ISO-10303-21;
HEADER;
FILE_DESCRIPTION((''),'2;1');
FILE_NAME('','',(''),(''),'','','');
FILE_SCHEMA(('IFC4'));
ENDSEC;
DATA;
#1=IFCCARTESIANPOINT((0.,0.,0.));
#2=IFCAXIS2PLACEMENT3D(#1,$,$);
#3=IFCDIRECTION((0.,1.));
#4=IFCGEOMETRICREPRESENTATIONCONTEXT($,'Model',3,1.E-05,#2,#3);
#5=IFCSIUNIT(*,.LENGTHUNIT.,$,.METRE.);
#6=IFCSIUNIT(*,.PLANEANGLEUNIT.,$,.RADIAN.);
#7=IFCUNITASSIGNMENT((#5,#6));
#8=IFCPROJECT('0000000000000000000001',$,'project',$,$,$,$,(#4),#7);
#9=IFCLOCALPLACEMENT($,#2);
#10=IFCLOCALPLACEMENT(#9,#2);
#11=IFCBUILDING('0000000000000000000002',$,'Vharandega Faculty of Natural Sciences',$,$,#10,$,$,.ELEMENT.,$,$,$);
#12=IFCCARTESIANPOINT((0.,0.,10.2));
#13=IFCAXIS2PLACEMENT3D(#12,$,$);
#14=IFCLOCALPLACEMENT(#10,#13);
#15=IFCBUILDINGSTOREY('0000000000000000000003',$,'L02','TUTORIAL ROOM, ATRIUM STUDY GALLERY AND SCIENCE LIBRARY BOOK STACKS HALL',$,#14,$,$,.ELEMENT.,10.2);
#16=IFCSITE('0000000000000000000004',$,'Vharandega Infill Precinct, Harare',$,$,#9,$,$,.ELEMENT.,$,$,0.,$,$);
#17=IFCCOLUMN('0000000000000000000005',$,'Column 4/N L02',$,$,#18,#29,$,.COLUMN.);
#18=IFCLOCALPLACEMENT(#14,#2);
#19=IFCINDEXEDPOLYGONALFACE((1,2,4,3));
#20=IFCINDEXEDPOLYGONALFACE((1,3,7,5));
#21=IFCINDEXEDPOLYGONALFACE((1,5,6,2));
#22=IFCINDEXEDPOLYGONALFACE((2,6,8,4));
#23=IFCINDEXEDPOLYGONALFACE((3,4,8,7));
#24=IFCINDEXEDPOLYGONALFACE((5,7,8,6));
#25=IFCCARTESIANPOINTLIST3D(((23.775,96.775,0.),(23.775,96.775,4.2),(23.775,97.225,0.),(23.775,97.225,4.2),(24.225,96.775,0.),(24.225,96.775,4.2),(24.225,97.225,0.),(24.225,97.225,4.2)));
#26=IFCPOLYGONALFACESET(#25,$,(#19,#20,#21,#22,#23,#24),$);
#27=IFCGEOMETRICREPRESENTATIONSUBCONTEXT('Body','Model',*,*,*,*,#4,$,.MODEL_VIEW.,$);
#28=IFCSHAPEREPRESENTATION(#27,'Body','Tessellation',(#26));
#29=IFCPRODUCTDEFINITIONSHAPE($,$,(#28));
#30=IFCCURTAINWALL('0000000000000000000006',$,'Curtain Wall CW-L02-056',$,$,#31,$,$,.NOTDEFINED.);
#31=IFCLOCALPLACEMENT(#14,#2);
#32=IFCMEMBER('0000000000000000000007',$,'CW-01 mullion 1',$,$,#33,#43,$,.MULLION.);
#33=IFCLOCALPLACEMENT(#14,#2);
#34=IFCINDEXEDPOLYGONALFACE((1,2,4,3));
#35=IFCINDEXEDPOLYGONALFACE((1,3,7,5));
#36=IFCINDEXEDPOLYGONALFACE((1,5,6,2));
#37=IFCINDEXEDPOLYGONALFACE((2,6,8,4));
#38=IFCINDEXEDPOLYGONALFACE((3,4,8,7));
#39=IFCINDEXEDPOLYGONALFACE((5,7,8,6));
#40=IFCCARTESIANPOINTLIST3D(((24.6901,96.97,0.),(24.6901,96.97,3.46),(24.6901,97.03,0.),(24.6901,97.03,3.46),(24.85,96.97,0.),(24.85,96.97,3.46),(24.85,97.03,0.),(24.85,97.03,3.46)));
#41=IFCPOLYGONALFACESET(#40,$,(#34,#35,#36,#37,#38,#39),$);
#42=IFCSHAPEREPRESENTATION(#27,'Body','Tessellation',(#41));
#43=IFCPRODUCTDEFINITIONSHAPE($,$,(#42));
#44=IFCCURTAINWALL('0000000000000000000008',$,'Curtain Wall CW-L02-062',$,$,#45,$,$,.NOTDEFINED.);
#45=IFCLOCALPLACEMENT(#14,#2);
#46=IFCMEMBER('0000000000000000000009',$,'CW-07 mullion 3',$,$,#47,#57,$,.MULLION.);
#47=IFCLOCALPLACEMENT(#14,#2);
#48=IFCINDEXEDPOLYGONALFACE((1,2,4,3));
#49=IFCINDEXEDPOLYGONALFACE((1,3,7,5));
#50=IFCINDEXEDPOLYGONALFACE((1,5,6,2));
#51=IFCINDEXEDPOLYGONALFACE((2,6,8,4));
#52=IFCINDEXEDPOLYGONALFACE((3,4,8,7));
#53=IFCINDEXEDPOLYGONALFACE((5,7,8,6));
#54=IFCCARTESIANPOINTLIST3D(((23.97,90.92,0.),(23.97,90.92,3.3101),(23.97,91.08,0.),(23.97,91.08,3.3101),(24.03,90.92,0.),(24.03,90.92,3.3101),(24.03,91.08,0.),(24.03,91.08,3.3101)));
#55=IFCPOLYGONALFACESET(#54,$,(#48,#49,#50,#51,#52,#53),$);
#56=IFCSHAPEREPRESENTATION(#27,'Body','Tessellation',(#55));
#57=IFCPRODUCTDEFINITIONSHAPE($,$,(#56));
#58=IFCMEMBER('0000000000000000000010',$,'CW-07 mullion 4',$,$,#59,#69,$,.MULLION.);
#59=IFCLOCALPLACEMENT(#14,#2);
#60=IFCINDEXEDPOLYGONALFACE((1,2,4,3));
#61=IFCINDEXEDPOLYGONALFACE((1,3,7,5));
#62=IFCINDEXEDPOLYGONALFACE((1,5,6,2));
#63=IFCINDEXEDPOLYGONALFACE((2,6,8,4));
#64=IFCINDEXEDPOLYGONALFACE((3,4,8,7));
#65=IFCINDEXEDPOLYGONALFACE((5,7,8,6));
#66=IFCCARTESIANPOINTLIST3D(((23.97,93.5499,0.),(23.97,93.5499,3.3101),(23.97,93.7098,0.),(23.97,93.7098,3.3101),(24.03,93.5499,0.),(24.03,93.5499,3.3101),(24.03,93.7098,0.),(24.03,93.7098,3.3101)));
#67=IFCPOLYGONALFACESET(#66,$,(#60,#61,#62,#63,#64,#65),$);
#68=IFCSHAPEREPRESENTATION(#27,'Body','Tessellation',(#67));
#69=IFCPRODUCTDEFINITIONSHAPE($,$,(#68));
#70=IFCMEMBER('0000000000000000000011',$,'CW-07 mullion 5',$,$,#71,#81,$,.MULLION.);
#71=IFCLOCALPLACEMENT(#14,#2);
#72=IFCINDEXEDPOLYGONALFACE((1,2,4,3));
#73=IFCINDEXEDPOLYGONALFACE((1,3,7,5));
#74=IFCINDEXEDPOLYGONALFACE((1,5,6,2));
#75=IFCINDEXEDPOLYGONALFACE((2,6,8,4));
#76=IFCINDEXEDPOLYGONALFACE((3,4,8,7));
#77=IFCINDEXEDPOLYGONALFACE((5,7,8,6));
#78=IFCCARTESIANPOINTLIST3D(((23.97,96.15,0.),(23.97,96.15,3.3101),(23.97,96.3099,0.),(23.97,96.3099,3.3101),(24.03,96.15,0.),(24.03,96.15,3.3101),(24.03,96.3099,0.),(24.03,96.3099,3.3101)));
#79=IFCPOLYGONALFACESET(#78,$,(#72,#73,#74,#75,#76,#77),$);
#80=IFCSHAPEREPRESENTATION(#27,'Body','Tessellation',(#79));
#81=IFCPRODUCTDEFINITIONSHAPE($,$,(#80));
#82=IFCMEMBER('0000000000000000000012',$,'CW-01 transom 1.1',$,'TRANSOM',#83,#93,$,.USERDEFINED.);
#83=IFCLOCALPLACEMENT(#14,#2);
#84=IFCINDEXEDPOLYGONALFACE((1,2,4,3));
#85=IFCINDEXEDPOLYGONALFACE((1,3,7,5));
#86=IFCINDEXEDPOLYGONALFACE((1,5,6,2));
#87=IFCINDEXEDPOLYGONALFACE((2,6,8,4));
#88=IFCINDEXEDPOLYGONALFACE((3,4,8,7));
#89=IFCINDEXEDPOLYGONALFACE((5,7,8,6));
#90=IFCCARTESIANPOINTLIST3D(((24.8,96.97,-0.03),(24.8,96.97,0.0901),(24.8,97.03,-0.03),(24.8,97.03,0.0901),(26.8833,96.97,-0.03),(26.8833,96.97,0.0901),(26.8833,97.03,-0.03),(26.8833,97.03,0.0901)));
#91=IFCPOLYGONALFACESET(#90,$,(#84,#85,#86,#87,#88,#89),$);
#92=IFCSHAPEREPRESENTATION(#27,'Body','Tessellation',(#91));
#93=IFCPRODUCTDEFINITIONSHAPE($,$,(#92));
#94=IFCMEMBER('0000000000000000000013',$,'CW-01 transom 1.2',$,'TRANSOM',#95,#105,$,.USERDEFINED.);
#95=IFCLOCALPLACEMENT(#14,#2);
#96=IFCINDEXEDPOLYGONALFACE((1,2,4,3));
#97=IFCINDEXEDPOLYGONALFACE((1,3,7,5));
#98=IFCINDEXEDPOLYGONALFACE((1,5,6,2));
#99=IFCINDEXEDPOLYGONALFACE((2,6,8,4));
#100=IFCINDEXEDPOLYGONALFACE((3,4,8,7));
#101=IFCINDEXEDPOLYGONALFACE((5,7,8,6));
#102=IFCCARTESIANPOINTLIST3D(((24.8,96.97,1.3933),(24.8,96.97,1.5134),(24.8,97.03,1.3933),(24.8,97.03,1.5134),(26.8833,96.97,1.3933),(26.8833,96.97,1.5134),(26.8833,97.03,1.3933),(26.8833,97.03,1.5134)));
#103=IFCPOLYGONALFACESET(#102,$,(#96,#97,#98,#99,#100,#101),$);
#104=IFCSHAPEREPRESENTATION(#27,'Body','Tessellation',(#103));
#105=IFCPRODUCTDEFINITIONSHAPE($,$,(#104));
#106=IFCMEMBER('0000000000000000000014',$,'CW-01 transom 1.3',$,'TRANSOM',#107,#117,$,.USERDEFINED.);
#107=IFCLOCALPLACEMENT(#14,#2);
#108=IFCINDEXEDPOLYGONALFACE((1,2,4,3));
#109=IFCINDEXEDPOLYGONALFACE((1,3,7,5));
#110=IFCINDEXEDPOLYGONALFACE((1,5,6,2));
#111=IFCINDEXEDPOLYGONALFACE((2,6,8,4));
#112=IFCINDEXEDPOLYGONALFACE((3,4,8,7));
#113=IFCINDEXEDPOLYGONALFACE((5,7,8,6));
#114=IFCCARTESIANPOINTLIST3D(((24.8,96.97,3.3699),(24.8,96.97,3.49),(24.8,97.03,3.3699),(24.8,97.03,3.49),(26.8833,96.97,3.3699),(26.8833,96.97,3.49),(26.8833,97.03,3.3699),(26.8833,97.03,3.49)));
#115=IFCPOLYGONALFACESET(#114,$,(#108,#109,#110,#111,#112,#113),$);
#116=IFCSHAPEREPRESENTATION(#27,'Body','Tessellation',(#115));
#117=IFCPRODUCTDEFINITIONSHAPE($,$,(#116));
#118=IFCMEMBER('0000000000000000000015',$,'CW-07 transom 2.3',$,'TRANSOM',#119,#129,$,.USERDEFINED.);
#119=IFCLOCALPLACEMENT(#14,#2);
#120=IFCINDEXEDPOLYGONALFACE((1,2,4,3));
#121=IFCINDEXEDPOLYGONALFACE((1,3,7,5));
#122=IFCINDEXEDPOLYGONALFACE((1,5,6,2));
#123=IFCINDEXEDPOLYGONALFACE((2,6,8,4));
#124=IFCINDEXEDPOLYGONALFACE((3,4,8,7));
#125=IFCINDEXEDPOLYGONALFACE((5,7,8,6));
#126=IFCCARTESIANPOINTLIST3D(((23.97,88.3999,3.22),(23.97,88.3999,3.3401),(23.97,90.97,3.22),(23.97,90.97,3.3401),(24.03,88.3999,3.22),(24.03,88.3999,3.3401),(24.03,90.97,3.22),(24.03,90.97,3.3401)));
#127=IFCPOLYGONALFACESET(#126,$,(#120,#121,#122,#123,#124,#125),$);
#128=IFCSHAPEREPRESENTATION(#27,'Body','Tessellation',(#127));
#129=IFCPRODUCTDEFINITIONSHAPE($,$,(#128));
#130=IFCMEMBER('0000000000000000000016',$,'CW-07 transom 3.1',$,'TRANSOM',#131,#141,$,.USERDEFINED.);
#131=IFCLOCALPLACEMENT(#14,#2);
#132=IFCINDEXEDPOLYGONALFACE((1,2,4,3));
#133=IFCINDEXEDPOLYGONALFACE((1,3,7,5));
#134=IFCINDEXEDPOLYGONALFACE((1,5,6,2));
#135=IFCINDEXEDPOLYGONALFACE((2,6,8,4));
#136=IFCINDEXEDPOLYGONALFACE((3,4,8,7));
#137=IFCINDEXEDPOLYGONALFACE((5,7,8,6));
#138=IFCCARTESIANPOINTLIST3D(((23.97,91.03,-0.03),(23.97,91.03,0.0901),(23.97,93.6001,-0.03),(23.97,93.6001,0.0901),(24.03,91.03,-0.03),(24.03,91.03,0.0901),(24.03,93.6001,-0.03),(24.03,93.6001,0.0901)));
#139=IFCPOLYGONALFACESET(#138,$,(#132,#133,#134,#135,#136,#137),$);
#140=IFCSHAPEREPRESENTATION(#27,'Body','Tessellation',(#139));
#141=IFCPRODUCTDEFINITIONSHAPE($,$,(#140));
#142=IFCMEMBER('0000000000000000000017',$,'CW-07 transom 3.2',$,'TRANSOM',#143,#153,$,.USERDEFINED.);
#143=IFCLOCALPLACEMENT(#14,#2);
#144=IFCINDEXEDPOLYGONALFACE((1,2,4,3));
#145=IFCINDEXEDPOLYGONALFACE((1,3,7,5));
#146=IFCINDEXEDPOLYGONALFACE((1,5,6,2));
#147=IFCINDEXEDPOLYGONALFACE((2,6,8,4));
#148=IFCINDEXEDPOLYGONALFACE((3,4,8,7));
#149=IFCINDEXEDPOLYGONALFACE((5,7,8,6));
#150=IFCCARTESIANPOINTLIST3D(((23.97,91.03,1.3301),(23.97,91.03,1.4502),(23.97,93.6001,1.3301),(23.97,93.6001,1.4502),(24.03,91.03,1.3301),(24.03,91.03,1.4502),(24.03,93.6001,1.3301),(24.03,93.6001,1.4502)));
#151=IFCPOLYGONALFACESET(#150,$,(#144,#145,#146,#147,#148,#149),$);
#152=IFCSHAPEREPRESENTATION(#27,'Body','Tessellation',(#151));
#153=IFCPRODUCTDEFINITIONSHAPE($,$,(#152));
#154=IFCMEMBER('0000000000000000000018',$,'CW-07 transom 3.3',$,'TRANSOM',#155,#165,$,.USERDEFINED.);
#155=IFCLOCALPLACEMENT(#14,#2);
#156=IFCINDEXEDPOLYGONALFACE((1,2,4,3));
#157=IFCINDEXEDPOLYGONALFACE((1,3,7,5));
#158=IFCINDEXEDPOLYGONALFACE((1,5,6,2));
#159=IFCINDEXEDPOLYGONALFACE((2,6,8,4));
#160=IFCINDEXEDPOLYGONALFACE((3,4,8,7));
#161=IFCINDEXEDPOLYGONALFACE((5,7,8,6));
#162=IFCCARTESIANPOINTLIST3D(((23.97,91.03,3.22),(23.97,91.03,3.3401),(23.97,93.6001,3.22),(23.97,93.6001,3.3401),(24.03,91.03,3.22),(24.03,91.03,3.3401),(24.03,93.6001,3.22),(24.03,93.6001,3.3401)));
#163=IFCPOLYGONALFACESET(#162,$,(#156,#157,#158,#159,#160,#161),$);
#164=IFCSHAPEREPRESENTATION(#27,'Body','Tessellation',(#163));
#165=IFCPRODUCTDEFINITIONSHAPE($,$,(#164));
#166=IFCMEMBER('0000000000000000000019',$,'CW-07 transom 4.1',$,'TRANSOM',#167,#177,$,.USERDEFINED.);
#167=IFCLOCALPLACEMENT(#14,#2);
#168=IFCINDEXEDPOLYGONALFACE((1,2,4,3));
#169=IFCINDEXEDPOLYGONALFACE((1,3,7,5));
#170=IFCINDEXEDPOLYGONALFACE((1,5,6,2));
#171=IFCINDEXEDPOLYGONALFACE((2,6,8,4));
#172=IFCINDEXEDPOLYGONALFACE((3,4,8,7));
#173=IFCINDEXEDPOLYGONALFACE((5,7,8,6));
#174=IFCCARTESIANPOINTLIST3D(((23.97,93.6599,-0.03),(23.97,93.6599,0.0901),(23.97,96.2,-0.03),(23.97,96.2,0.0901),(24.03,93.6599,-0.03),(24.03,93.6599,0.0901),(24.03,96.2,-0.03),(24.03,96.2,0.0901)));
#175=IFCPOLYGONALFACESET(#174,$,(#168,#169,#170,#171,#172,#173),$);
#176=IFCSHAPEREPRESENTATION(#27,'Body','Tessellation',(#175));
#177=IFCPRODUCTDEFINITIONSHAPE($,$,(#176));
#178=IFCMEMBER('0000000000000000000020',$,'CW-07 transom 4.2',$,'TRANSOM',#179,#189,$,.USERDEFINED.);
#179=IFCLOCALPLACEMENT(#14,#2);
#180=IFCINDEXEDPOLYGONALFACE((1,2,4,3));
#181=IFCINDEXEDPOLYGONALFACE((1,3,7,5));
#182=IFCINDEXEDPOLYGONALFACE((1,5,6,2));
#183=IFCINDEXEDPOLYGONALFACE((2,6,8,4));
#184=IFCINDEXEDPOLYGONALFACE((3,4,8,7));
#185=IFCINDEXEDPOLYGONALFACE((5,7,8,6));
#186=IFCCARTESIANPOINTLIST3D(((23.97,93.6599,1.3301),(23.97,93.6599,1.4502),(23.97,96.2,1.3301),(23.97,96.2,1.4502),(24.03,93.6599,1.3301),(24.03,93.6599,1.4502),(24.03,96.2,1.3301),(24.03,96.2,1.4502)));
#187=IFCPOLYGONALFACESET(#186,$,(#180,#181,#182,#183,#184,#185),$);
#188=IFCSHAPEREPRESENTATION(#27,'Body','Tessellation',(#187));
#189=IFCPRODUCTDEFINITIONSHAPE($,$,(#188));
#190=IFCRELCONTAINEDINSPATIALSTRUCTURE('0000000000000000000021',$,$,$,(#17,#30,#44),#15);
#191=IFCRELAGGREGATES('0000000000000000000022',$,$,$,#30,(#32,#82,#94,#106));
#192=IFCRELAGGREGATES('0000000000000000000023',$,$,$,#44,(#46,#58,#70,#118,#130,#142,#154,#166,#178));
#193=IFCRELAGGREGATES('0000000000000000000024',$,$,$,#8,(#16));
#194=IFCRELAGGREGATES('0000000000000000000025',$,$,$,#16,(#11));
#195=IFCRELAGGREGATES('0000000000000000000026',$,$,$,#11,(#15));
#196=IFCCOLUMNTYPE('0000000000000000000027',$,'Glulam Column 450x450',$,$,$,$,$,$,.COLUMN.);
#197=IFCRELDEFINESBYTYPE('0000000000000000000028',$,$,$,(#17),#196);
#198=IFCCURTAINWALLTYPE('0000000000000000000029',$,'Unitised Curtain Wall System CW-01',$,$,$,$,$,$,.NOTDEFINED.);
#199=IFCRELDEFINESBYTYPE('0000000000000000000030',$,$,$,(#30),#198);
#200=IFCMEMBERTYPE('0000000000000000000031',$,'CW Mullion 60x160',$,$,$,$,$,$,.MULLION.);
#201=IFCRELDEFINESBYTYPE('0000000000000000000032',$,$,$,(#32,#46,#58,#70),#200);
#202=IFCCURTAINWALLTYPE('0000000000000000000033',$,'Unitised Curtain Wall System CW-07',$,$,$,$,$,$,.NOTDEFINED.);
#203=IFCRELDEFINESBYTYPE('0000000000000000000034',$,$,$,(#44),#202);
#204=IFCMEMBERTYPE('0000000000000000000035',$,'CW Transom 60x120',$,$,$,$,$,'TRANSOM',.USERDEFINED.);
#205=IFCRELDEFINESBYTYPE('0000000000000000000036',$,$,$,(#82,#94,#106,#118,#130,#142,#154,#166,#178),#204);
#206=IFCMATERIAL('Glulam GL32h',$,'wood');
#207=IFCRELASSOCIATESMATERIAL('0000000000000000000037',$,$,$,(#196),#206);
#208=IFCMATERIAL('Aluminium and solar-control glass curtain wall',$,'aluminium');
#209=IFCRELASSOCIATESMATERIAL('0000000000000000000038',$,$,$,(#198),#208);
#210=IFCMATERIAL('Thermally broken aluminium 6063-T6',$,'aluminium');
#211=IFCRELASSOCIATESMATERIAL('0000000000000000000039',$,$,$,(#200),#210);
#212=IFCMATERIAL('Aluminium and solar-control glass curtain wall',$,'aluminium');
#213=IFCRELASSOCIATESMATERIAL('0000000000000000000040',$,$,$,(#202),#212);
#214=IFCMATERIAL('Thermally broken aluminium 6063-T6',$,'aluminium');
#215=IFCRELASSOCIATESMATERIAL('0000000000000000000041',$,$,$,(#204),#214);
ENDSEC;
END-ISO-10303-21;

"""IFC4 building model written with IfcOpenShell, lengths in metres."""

from ifc_helpers import new_model, si_unit, direction, frame, origin, origin_2d, place, context, subcontext, project, spatial, rectangle, extrude, material, material_profile, profile_set, type_object, element, aggregate, save


model = new_model("IFC4")

# Units and contexts
model_context = context("Model", 3, precision=1e-05, world=origin(), true_north=direction((0.0, 1.0)))
body_context = subcontext(model_context, "Body", "Model", "MODEL_VIEW")
ifc_project = project(units=[si_unit("LENGTHUNIT", "METRE"), si_unit("PLANEANGLEUNIT", "RADIAN")], contexts=[model_context])

# Site, building, storey
site_placement = place(None, origin())
site = spatial("IfcSite", under=ifc_project, at=site_placement, Name="Vharandega Infill Precinct, Harare", CompositionType="ELEMENT", RefElevation=0.0)
building_placement = place(site_placement, origin())
building = spatial("IfcBuilding", under=site, at=building_placement, Name="Vharandega Faculty of Natural Sciences", CompositionType="ELEMENT")
storey_placement = place(building_placement, frame((0.0, 0.0, 10.2)))
storey = spatial("IfcBuildingStorey", under=building, at=storey_placement, Name="L02", Description="TUTORIAL ROOM, ATRIUM STUDY GALLERY AND SCIENCE LIBRARY BOOK STACKS HALL", CompositionType="ELEMENT", Elevation=10.2)

# Column
ifc_material_1 = material(Name="Glulam GL32h", Category="wood")
ifc_material_profile_1 = material_profile(ifc_material_1, rectangle(XDim=0.45, YDim=0.45, at=origin_2d()), Name="GL32h 450x450")
ifc_profile_set_1 = profile_set([ifc_material_profile_1], Name="Glulam GL32h")
column_type = type_object("IfcColumnType", Name="Glulam Column 450x450", PredefinedType="COLUMN", material=ifc_profile_set_1)
column_placement = place(storey_placement, frame((24.0, 97.0, 0.0), z_axis=(0.0, 0.0, 1.0), x_axis=(1.0, 0.0, 0.0)))
element("IfcColumn", 1, at=column_placement, inside=storey, type_object=column_type, Name="Column 4/N L02", PredefinedType="COLUMN", context=body_context, shape_type="SweptSolid", body=[
    extrude(rectangle(XDim=0.45, YDim=0.45, at=origin_2d()), origin(), (0.0, 0.0, 1.0), 4.2),
])

# Curtain wall, member
ifc_material_2 = material(Name="Aluminium and solar-control glass curtain wall", Category="aluminium")
curtain_wall_type_1 = type_object("IfcCurtainWallType", Name="Unitised Curtain Wall System CW-01", PredefinedType="NOTDEFINED", material=ifc_material_2)
curtain_wall_1_placement = place(storey_placement, origin())
curtain_wall_1 = element("IfcCurtainWall", 2, at=curtain_wall_1_placement, inside=storey, type_object=curtain_wall_type_1, Name="Curtain Wall CW-L02-056", PredefinedType="NOTDEFINED")
ifc_material_3 = material(Name="Thermally broken aluminium 6063-T6", Category="aluminium")
ifc_material_profile_2 = material_profile(ifc_material_3, rectangle(XDim=0.0601, YDim=0.1599, at=origin_2d()), Name="ALU 60x160")
ifc_profile_set_2 = profile_set([ifc_material_profile_2], Name="Thermally broken aluminium 6063-T6")
member_type_1 = type_object("IfcMemberType", Name="CW Mullion 60x160", PredefinedType="MULLION", material=ifc_profile_set_2)
member_1_placement = place(storey_placement, frame((24.77, 97.0, 0.0), z_axis=(0.0, 0.0, 1.0), x_axis=(0.0, 1.0, 0.0)))
member_1 = element("IfcMember", 3, at=member_1_placement, type_object=member_type_1, Name="CW-01 mullion 1", PredefinedType="MULLION", context=body_context, shape_type="SweptSolid", body=[
    extrude(rectangle(XDim=0.0601, YDim=0.1599, at=origin_2d()), origin(), (0.0, 0.0, 1.0), 3.46),
])

# Curtain wall, members
ifc_material_4 = material(Name="Aluminium and solar-control glass curtain wall", Category="aluminium")
curtain_wall_type_2 = type_object("IfcCurtainWallType", Name="Unitised Curtain Wall System CW-07", PredefinedType="NOTDEFINED", material=ifc_material_4)
curtain_wall_2_placement = place(storey_placement, origin())
curtain_wall_2 = element("IfcCurtainWall", 4, at=curtain_wall_2_placement, inside=storey, type_object=curtain_wall_type_2, Name="Curtain Wall CW-L02-062", PredefinedType="NOTDEFINED")
member_2_placement = place(storey_placement, frame((24.0, 91.0, 0.0), z_axis=(0.0, 0.0, 1.0), x_axis=(-1.0, 0.0, 0.0)))
member_2 = element("IfcMember", 5, at=member_2_placement, type_object=member_type_1, Name="CW-07 mullion 3", PredefinedType="MULLION", context=body_context, shape_type="SweptSolid", body=[
    extrude(rectangle(XDim=0.0601, YDim=0.1599, at=origin_2d()), origin(), (0.0, 0.0, 1.0), 3.3101),
])
member_3_placement = place(storey_placement, frame((24.0, 93.6299, 0.0), z_axis=(0.0, 0.0, 1.0), x_axis=(-1.0, 0.0, 0.0)))
member_3 = element("IfcMember", 6, at=member_3_placement, type_object=member_type_1, Name="CW-07 mullion 4", PredefinedType="MULLION", context=body_context, shape_type="SweptSolid", body=[
    extrude(rectangle(XDim=0.0601, YDim=0.1599, at=origin_2d()), origin(), (0.0, 0.0, 1.0), 3.3101),
])
member_4_placement = place(storey_placement, frame((24.0, 96.23, 0.0), z_axis=(0.0, 0.0, 1.0), x_axis=(-1.0, 0.0, 0.0)))
member_4 = element("IfcMember", 7, at=member_4_placement, type_object=member_type_1, Name="CW-07 mullion 5", PredefinedType="MULLION", context=body_context, shape_type="SweptSolid", body=[
    extrude(rectangle(XDim=0.0601, YDim=0.1599, at=origin_2d()), origin(), (0.0, 0.0, 1.0), 3.3101),
])

# Members
ifc_material_5 = material(Name="Thermally broken aluminium 6063-T6", Category="aluminium")
ifc_material_profile_3 = material_profile(ifc_material_5, rectangle(XDim=0.0601, YDim=0.1201, at=origin_2d()), Name="ALU 60x120")
ifc_profile_set_3 = profile_set([ifc_material_profile_3], Name="Thermally broken aluminium 6063-T6")
member_type_2 = type_object("IfcMemberType", Name="CW Transom 60x120", ElementType="TRANSOM", PredefinedType="USERDEFINED", material=ifc_profile_set_3)
member_5_placement = place(storey_placement, frame((24.8, 97.0, 0.03), z_axis=(1.0, 0.0, 0.0), x_axis=(0.0, 1.0, 0.0)))
member_5 = element("IfcMember", 8, at=member_5_placement, type_object=member_type_2, Name="CW-01 transom 1.1", ObjectType="TRANSOM", PredefinedType="USERDEFINED", context=body_context, shape_type="SweptSolid", body=[
    extrude(rectangle(XDim=0.0601, YDim=0.1201, at=origin_2d()), origin(), (0.0, 0.0, 1.0), 2.0833),
])
member_6_placement = place(storey_placement, frame((24.8, 97.0, 1.4534), z_axis=(1.0, 0.0, 0.0), x_axis=(0.0, 1.0, 0.0)))
member_6 = element("IfcMember", 9, at=member_6_placement, type_object=member_type_2, Name="CW-01 transom 1.2", ObjectType="TRANSOM", PredefinedType="USERDEFINED", context=body_context, shape_type="SweptSolid", body=[
    extrude(rectangle(XDim=0.0601, YDim=0.1201, at=origin_2d()), origin(), (0.0, 0.0, 1.0), 2.0833),
])
member_7_placement = place(storey_placement, frame((24.8, 97.0, 3.4299), z_axis=(1.0, 0.0, 0.0), x_axis=(0.0, 1.0, 0.0)))
member_7 = element("IfcMember", 10, at=member_7_placement, type_object=member_type_2, Name="CW-01 transom 1.3", ObjectType="TRANSOM", PredefinedType="USERDEFINED", context=body_context, shape_type="SweptSolid", body=[
    extrude(rectangle(XDim=0.0601, YDim=0.1201, at=origin_2d()), origin(), (0.0, 0.0, 1.0), 2.0833),
])
member_8_placement = place(storey_placement, frame((24.0, 88.3999, 3.28), z_axis=(0.0, 1.0, 0.0), x_axis=(-1.0, 0.0, 0.0)))
member_8 = element("IfcMember", 11, at=member_8_placement, type_object=member_type_2, Name="CW-07 transom 2.3", ObjectType="TRANSOM", PredefinedType="USERDEFINED", context=body_context, shape_type="SweptSolid", body=[
    extrude(rectangle(XDim=0.0601, YDim=0.1201, at=origin_2d()), origin(), (0.0, 0.0, 1.0), 2.5701),
])
member_9_placement = place(storey_placement, frame((24.0, 91.03, 0.03), z_axis=(0.0, 1.0, 0.0), x_axis=(-1.0, 0.0, 0.0)))
member_9 = element("IfcMember", 12, at=member_9_placement, type_object=member_type_2, Name="CW-07 transom 3.1", ObjectType="TRANSOM", PredefinedType="USERDEFINED", context=body_context, shape_type="SweptSolid", body=[
    extrude(rectangle(XDim=0.0601, YDim=0.1201, at=origin_2d()), origin(), (0.0, 0.0, 1.0), 2.5701),
])
member_10_placement = place(storey_placement, frame((24.0, 91.03, 1.3901), z_axis=(0.0, 1.0, 0.0), x_axis=(-1.0, 0.0, 0.0)))
member_10 = element("IfcMember", 13, at=member_10_placement, type_object=member_type_2, Name="CW-07 transom 3.2", ObjectType="TRANSOM", PredefinedType="USERDEFINED", context=body_context, shape_type="SweptSolid", body=[
    extrude(rectangle(XDim=0.0601, YDim=0.1201, at=origin_2d()), origin(), (0.0, 0.0, 1.0), 2.5701),
])
member_11_placement = place(storey_placement, frame((24.0, 91.03, 3.28), z_axis=(0.0, 1.0, 0.0), x_axis=(-1.0, 0.0, 0.0)))
member_11 = element("IfcMember", 14, at=member_11_placement, type_object=member_type_2, Name="CW-07 transom 3.3", ObjectType="TRANSOM", PredefinedType="USERDEFINED", context=body_context, shape_type="SweptSolid", body=[
    extrude(rectangle(XDim=0.0601, YDim=0.1201, at=origin_2d()), origin(), (0.0, 0.0, 1.0), 2.5701),
])
member_12_placement = place(storey_placement, frame((24.0, 93.6599, 0.03), z_axis=(0.0, 1.0, 0.0), x_axis=(-1.0, 0.0, 0.0)))
member_12 = element("IfcMember", 15, at=member_12_placement, type_object=member_type_2, Name="CW-07 transom 4.1", ObjectType="TRANSOM", PredefinedType="USERDEFINED", context=body_context, shape_type="SweptSolid", body=[
    extrude(rectangle(XDim=0.0601, YDim=0.1201, at=origin_2d()), origin(), (0.0, 0.0, 1.0), 2.54),
])
member_13_placement = place(storey_placement, frame((24.0, 93.6599, 1.3901), z_axis=(0.0, 1.0, 0.0), x_axis=(-1.0, 0.0, 0.0)))
member_13 = element("IfcMember", 16, at=member_13_placement, type_object=member_type_2, Name="CW-07 transom 4.2", ObjectType="TRANSOM", PredefinedType="USERDEFINED", context=body_context, shape_type="SweptSolid", body=[
    extrude(rectangle(XDim=0.0601, YDim=0.1201, at=origin_2d()), origin(), (0.0, 0.0, 1.0), 2.54),
])

aggregate(curtain_wall_1, [member_1, member_5, member_6, member_7])
aggregate(curtain_wall_2, [member_2, member_3, member_4, member_8, member_9, member_10, member_11, member_12, member_13])

save(model, "model.ifc")
